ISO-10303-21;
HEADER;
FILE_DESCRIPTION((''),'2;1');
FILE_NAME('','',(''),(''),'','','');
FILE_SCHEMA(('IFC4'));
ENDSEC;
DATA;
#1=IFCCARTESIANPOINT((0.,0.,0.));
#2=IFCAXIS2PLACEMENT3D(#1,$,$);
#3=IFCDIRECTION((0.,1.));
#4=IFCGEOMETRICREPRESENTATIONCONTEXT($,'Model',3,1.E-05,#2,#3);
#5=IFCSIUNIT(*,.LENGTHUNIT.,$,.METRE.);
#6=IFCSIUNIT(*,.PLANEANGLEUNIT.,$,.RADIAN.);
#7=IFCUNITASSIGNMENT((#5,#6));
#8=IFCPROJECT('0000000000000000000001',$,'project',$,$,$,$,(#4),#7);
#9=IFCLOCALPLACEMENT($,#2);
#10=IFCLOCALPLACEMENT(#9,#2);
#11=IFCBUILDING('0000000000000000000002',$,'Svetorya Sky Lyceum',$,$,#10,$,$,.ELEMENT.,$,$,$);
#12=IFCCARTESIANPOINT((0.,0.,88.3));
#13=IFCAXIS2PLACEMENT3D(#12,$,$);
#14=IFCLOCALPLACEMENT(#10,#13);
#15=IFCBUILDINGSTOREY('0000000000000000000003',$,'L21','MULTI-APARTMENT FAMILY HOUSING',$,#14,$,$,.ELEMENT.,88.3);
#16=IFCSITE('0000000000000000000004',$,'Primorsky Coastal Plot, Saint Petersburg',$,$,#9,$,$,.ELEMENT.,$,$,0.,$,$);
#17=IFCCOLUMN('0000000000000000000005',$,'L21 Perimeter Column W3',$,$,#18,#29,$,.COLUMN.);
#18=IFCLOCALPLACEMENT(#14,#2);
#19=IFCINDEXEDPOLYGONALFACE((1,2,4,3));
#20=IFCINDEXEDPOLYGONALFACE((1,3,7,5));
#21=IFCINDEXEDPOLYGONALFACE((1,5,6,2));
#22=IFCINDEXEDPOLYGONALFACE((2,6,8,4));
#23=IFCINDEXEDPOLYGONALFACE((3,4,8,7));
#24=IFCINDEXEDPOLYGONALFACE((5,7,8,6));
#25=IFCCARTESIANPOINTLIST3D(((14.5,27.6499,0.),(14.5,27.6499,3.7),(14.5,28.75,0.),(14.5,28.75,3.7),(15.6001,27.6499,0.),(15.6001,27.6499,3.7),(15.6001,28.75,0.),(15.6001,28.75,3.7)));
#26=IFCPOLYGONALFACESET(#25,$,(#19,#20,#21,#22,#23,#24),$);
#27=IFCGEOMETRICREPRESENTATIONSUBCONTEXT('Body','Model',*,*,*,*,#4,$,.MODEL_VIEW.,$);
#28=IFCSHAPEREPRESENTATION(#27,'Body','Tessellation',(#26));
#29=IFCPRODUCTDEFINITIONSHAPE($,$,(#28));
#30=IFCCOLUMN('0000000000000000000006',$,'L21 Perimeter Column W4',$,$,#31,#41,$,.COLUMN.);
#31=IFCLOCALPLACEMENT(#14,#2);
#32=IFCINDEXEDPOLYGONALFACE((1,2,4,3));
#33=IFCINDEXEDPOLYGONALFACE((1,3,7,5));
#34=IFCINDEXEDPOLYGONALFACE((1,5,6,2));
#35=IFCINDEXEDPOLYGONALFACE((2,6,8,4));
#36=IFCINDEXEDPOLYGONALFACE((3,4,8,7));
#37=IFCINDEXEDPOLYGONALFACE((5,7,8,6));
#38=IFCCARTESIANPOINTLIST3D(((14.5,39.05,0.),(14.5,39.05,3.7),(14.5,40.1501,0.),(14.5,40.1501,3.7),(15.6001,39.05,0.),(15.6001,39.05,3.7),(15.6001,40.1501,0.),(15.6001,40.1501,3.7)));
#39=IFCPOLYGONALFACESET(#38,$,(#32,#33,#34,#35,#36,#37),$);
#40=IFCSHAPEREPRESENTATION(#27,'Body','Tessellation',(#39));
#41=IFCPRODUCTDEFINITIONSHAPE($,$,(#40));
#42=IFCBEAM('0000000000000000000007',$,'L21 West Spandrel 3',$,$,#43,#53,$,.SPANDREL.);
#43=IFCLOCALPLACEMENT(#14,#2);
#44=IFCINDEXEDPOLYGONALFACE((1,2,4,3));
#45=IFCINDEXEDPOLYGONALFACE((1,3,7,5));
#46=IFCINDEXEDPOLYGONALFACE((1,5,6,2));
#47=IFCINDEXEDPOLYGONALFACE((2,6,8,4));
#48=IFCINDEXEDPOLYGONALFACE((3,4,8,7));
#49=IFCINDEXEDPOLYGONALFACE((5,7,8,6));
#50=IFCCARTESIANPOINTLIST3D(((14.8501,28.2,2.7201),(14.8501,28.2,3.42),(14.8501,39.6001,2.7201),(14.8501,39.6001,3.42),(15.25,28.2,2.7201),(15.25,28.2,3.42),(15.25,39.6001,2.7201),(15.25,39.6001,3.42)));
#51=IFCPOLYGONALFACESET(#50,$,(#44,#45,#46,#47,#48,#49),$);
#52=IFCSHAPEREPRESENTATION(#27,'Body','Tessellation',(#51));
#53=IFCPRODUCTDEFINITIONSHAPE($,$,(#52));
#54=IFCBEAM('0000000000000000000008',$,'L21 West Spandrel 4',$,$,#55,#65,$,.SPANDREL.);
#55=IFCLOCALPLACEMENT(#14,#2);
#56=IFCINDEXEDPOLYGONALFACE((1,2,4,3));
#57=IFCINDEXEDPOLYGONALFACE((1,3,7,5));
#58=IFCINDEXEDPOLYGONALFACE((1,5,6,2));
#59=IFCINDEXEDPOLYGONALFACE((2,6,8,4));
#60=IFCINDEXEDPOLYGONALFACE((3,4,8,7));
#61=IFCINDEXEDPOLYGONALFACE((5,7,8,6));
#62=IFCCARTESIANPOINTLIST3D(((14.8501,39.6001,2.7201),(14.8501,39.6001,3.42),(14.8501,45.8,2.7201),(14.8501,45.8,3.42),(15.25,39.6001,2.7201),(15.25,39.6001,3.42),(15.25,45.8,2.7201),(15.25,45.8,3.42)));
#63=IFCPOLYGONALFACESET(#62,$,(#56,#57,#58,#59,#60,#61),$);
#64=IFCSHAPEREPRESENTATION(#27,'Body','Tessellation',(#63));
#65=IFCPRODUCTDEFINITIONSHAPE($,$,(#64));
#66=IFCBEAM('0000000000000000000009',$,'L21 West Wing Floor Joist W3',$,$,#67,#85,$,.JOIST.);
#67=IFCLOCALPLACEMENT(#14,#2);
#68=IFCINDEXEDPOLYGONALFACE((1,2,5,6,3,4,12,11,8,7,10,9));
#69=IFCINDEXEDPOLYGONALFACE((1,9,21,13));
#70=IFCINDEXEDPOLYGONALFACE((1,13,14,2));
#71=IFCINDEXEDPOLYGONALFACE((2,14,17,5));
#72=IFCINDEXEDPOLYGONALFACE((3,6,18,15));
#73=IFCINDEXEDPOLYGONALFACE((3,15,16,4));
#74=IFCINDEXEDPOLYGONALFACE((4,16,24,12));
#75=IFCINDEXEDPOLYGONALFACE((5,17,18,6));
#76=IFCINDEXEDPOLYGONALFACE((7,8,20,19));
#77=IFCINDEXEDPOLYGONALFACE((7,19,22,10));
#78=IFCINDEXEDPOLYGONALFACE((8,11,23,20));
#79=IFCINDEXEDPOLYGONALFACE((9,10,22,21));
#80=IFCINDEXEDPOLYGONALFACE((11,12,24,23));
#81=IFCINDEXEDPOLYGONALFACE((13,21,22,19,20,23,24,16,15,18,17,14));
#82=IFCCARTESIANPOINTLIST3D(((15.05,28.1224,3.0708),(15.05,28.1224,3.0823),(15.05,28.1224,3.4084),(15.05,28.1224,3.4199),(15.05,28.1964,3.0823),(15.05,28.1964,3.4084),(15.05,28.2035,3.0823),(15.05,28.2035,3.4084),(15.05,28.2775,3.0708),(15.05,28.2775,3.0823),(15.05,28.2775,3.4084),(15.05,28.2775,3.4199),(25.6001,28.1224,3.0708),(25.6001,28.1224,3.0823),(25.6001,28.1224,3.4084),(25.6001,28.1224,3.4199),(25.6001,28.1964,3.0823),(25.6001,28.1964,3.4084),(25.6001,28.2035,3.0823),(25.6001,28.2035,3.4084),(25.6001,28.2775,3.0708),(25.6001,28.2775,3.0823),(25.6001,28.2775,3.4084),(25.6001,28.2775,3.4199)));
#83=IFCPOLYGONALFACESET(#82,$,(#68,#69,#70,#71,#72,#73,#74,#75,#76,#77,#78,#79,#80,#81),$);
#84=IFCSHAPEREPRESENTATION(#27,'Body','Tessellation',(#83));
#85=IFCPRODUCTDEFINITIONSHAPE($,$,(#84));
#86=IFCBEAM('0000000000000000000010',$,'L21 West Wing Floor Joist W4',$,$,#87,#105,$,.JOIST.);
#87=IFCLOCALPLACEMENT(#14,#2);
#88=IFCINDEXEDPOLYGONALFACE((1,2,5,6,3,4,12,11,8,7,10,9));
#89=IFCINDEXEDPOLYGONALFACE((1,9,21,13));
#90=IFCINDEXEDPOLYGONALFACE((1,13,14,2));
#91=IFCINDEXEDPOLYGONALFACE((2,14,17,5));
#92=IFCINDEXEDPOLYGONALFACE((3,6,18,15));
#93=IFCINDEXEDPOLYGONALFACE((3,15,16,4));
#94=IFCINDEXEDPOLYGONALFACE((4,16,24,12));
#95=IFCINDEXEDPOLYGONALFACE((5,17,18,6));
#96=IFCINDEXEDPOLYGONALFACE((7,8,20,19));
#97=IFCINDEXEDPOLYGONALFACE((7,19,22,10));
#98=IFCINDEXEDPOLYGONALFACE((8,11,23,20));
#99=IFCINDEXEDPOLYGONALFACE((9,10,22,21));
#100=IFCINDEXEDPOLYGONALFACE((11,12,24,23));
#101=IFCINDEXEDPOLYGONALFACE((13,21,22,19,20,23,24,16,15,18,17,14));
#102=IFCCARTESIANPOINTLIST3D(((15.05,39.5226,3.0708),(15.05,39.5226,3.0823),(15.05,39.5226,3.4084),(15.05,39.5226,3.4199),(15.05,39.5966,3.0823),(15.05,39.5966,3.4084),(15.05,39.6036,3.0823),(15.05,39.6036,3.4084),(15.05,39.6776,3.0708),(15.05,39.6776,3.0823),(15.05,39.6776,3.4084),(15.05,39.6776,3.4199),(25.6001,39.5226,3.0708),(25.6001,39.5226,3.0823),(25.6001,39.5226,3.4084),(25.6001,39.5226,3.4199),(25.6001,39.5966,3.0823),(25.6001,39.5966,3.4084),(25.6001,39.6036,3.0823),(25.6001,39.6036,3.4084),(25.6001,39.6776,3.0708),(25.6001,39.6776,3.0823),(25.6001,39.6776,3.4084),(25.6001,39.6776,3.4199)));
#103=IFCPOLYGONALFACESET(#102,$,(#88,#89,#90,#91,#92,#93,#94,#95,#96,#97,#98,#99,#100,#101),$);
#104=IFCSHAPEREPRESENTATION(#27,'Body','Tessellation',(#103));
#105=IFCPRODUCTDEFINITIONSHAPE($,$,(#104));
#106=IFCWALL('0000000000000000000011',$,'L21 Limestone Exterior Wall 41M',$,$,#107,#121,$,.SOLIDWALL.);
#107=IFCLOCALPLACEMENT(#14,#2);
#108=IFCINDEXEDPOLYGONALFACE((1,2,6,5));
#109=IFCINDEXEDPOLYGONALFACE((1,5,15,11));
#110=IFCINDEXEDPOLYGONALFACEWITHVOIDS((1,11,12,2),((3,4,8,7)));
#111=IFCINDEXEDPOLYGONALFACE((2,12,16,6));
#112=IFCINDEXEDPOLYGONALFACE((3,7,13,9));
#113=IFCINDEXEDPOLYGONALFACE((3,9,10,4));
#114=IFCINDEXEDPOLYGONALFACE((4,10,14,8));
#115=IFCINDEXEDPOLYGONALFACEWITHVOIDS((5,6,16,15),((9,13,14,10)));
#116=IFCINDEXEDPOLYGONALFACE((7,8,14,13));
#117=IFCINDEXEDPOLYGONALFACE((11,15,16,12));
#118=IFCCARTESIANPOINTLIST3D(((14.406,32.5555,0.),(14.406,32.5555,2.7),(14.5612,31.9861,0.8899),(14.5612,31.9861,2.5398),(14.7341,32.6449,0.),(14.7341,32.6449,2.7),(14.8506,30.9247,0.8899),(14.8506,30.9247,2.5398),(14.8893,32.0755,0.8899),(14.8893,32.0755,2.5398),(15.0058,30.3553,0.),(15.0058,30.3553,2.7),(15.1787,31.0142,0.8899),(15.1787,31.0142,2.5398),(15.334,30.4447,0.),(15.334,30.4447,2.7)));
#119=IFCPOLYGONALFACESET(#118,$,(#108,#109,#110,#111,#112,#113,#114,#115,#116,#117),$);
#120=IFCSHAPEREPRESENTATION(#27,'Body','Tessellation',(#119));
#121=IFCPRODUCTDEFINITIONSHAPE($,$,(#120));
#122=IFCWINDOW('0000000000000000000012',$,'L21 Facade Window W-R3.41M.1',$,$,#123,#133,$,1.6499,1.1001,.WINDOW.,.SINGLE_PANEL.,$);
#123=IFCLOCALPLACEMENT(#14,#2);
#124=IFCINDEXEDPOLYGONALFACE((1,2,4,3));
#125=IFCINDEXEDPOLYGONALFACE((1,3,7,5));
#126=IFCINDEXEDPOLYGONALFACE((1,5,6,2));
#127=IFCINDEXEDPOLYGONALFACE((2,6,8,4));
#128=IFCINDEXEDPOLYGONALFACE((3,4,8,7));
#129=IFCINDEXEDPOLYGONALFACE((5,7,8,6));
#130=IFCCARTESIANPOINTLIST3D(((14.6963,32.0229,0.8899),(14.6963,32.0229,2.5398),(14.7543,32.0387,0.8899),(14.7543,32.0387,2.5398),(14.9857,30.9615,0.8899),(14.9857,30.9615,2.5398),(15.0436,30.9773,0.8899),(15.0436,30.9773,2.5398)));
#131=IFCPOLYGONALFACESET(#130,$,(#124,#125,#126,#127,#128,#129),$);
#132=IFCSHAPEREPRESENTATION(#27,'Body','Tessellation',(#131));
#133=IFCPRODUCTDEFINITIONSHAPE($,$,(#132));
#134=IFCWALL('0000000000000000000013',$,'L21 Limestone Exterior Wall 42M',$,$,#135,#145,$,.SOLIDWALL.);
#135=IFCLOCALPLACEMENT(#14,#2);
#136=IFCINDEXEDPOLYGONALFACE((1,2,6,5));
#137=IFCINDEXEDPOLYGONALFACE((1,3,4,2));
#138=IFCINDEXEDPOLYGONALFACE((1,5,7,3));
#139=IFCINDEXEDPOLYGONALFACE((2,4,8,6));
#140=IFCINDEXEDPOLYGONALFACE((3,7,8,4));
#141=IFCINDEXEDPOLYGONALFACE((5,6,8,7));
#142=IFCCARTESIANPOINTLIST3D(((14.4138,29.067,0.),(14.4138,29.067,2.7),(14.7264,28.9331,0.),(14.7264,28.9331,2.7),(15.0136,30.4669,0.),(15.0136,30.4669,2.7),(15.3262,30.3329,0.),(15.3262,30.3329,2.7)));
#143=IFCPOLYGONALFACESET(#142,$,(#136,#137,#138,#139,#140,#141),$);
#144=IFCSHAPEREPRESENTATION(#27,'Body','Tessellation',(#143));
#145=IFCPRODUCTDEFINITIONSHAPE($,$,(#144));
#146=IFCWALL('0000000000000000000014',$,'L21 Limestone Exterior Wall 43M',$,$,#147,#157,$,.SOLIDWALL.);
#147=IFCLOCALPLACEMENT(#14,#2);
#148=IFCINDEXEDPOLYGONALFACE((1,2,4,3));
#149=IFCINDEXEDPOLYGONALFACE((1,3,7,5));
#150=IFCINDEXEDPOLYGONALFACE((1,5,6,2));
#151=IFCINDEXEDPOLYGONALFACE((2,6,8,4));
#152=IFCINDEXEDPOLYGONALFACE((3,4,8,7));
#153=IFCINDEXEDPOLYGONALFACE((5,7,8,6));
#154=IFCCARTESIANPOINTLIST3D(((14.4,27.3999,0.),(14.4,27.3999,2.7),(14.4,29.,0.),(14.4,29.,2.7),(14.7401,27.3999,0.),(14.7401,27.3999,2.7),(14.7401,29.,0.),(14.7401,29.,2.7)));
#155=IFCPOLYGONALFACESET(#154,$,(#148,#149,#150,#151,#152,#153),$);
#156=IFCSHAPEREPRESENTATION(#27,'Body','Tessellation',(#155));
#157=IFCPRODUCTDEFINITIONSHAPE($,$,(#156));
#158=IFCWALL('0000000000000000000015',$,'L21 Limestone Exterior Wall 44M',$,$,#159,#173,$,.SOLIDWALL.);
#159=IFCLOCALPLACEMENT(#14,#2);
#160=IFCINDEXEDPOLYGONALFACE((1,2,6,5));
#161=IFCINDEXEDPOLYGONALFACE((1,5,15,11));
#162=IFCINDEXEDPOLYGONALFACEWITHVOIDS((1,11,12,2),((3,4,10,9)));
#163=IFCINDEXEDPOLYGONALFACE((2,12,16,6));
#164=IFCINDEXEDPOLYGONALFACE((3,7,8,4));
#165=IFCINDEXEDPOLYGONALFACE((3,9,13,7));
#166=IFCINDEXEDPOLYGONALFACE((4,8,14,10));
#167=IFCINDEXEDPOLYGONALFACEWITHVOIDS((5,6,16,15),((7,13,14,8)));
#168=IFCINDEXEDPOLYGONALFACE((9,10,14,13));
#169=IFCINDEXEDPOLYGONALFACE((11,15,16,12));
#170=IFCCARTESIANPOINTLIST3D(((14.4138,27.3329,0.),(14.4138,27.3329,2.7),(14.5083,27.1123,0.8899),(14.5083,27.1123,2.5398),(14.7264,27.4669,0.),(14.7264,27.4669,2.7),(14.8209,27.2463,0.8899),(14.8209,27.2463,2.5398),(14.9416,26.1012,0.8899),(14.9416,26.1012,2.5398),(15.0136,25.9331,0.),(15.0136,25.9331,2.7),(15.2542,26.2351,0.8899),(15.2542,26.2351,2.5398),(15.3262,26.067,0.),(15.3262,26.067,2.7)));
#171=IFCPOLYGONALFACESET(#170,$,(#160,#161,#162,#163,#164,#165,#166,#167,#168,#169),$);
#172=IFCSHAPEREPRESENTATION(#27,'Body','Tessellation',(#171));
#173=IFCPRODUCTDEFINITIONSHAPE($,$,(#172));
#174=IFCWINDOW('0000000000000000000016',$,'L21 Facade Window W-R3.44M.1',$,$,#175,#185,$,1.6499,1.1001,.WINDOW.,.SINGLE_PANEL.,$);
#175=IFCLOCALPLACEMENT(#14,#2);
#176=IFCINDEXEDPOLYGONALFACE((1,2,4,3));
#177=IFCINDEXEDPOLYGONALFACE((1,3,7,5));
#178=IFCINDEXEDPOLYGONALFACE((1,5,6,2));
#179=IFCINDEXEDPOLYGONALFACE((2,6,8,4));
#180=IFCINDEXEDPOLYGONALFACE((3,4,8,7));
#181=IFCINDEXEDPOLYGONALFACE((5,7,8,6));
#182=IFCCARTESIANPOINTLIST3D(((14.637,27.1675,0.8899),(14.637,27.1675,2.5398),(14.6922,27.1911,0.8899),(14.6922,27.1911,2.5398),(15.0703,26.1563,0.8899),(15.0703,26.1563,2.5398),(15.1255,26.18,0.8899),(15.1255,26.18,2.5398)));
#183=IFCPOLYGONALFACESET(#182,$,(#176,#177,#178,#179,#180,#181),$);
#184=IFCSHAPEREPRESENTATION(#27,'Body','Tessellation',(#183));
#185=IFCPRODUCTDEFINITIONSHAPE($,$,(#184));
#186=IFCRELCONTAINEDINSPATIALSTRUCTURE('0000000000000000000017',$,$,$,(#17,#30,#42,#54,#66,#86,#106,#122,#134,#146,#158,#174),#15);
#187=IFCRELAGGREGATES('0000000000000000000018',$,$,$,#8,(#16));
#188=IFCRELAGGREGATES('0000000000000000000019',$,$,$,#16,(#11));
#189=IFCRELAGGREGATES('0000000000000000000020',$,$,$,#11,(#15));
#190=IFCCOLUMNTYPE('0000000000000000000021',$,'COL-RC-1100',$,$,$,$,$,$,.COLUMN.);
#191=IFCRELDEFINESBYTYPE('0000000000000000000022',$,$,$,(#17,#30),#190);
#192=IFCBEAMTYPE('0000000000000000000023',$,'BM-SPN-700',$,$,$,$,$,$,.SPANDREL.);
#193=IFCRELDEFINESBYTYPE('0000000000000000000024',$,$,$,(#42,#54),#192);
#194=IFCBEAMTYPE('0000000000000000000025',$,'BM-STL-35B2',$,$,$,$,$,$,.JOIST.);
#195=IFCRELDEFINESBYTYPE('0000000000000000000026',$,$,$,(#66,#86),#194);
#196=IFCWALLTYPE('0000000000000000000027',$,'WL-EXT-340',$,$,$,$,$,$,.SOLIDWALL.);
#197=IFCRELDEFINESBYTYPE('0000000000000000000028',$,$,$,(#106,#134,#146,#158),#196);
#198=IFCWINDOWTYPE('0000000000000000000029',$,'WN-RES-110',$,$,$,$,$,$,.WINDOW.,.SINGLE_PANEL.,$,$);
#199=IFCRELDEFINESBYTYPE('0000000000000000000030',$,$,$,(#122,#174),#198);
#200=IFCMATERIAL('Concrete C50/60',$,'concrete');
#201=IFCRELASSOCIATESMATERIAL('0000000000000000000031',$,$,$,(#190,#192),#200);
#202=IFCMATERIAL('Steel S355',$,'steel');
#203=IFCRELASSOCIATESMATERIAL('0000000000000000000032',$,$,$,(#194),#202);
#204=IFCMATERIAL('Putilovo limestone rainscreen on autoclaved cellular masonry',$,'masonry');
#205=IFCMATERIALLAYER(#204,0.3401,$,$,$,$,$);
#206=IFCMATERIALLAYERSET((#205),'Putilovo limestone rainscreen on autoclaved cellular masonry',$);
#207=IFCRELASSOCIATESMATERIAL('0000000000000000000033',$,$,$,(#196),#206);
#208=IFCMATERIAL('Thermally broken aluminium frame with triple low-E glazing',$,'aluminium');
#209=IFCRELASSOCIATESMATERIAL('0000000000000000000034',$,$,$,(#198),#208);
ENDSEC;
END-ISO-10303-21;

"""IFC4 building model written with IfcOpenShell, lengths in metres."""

from ifc_helpers import new_model, si_unit, direction, frame, frame_2d, origin, origin_2d, place, context, subcontext, project, spatial, rectangle, i_section, extrude, material, layer, layer_set, material_profile, profile_set, type_object, element, fill, save


model = new_model("IFC4")

# Units and contexts
model_context = context("Model", 3, precision=1e-05, world=origin(), true_north=direction((0.0, 1.0)))
body_context = subcontext(model_context, "Body", "Model", "MODEL_VIEW")
ifc_project = project(units=[si_unit("LENGTHUNIT", "METRE"), si_unit("PLANEANGLEUNIT", "RADIAN")], contexts=[model_context])

# Site, building, storey
site_placement = place(None, origin())
site = spatial("IfcSite", under=ifc_project, at=site_placement, Name="Primorsky Coastal Plot, Saint Petersburg", CompositionType="ELEMENT", RefElevation=0.0)
building_placement = place(site_placement, origin())
building = spatial("IfcBuilding", under=site, at=building_placement, Name="Svetorya Sky Lyceum", CompositionType="ELEMENT")
storey_placement = place(building_placement, frame((0.0, 0.0, 88.3)))
storey = spatial("IfcBuildingStorey", under=building, at=storey_placement, Name="L21", Description="MULTI-APARTMENT FAMILY HOUSING", CompositionType="ELEMENT", Elevation=88.3)

# Columns
ifc_material_1 = material(Name="Concrete C50/60", Category="concrete")
ifc_material_profile_1 = material_profile(ifc_material_1, rectangle(XDim=1.1001, YDim=1.1001, at=origin_2d()), Name="RC COL 1100x1100")
ifc_profile_set_1 = profile_set([ifc_material_profile_1], Name="Concrete C50/60")
column_type = type_object("IfcColumnType", Name="COL-RC-1100", PredefinedType="COLUMN", material=ifc_profile_set_1)
for number, where, z_axis, x_axis, name in (
    (1, (15.05, 28.2, 0.0), (0.0, 0.0, 1.0), (1.0, 0.0, 0.0), "L21 Perimeter Column W3"),
    (2, (15.05, 39.6001, 0.0), (0.0, 0.0, 1.0), (1.0, 0.0, 0.0), "L21 Perimeter Column W4"),
):
    element("IfcColumn", number, at=place(storey_placement, frame(where, z_axis=z_axis, x_axis=x_axis)), inside=storey, type_object=column_type, Name=name, PredefinedType="COLUMN", context=body_context, shape_type="SweptSolid", body=[
        extrude(rectangle(XDim=1.1001, YDim=1.1001, at=origin_2d()), origin(), (0.0, 0.0, 1.0), 3.7),
    ])

# Beams
ifc_material_profile_2 = material_profile(ifc_material_1, rectangle(XDim=0.3999, YDim=0.7, at=origin_2d()), Name="RC SPANDREL 400x700")
ifc_profile_set_2 = profile_set([ifc_material_profile_2], Name="Concrete C50/60")
beam_type_1 = type_object("IfcBeamType", Name="BM-SPN-700", PredefinedType="SPANDREL", material=ifc_profile_set_2)
beam_1_placement = place(storey_placement, frame((15.05, 28.2, 3.0701), z_axis=(0.0, 1.0, 0.0), x_axis=(-1.0, 0.0, 0.0)))
element("IfcBeam", 3, at=beam_1_placement, inside=storey, type_object=beam_type_1, Name="L21 West Spandrel 3", PredefinedType="SPANDREL", context=body_context, shape_type="SweptSolid", body=[
    extrude(rectangle(XDim=0.3999, YDim=0.7, at=origin_2d()), origin(), (0.0, 0.0, 1.0), 11.4001),
])
beam_2_placement = place(storey_placement, frame((15.05, 39.6001, 3.0701), z_axis=(0.0, 1.0, 0.0), x_axis=(-1.0, 0.0, 0.0)))
element("IfcBeam", 4, at=beam_2_placement, inside=storey, type_object=beam_type_1, Name="L21 West Spandrel 4", PredefinedType="SPANDREL", context=body_context, shape_type="SweptSolid", body=[
    extrude(rectangle(XDim=0.3999, YDim=0.7, at=origin_2d()), origin(), (0.0, 0.0, 1.0), 6.2),
])
ifc_material_2 = material(Name="Steel S355", Category="steel")
ifc_material_profile_3 = material_profile(ifc_material_2, i_section(OverallWidth=0.155, OverallDepth=0.3491, WebThickness=0.0071, FlangeThickness=0.0115, at=origin_2d()), Name="GOST 35B2")
ifc_profile_set_3 = profile_set([ifc_material_profile_3], Name="Steel S355")
beam_type_2 = type_object("IfcBeamType", Name="BM-STL-35B2", PredefinedType="JOIST", material=ifc_profile_set_3)
for number, where, z_axis, x_axis, name in (
    (5, (15.05, 28.2, 3.2454), (1.0, 0.0, 0.0), (0.0, 1.0, 0.0), "L21 West Wing Floor Joist W3"),
    (6, (15.05, 39.6001, 3.2454), (1.0, 0.0, 0.0), (0.0, 1.0, 0.0), "L21 West Wing Floor Joist W4"),
):
    element("IfcBeam", number, at=place(storey_placement, frame(where, z_axis=z_axis, x_axis=x_axis)), inside=storey, type_object=beam_type_2, Name=name, PredefinedType="JOIST", context=body_context, shape_type="SweptSolid", body=[
        extrude(i_section(OverallWidth=0.155, OverallDepth=0.3491, WebThickness=0.0071, FlangeThickness=0.0115, at=origin_2d()), origin(), (0.0, 0.0, 1.0), 10.55),
    ])

# Wall, opening, window
ifc_material_3 = material(Name="Putilovo limestone rainscreen on autoclaved cellular masonry", Category="masonry")
ifc_layer_1 = layer(ifc_material_3, 0.3401)
ifc_layer_set_1 = layer_set([ifc_layer_1], Name="Putilovo limestone rainscreen on autoclaved cellular masonry")
wall_type_1 = type_object("IfcWallType", Name="WL-EXT-340", PredefinedType="SOLIDWALL", material=ifc_layer_set_1)
wall_1_placement = place(storey_placement, frame((14.5701, 32.6001, 0.0), z_axis=(0.0, 0.0, 1.0), x_axis=(0.263036, -0.964786, 0.0)))
wall_1 = element("IfcWall", 7, at=wall_1_placement, inside=storey, type_object=wall_type_1, Name="L21 Limestone Exterior Wall 41M", PredefinedType="SOLIDWALL", context=body_context, shape_type="SweptSolid", body=[
    extrude(rectangle(XDim=2.2805, YDim=0.3401, at=frame_2d((1.1401, 0.0))), origin(), (0.0, 0.0, 1.0), 2.7),
])
opening_1_placement = place(wall_1_placement, frame((0.5901, 0.0, 0.8899)))
opening_1 = element("IfcOpeningElement", 8, at=opening_1_placement, cuts=wall_1, PredefinedType="OPENING", context=body_context, shape_type="SweptSolid", body=[
    extrude(rectangle(XDim=1.1001, YDim=1.6499, at=frame_2d((0.55, 0.825))), frame((0.0, 0.1799, 0.0), z_axis=(0.0, -1.0, 0.0), x_axis=(1.0, 0.0, 0.0)), (0.0, 0.0, 1.0), 0.3601),
])
ifc_material_4 = material(Name="Thermally broken aluminium frame with triple low-E glazing", Category="aluminium")
window_type_1 = type_object("IfcWindowType", Name="WN-RES-110", PartitioningType="SINGLE_PANEL", PredefinedType="WINDOW", material=ifc_material_4)
window_1_placement = place(opening_1_placement, origin())
window_1 = element("IfcWindow", 9, at=window_1_placement, inside=storey, type_object=window_type_1, Name="L21 Facade Window W-R3.41M.1", OverallHeight=1.6499, OverallWidth=1.1001, PartitioningType="SINGLE_PANEL", PredefinedType="WINDOW", context=body_context, shape_type="SweptSolid", body=[
    extrude(rectangle(XDim=1.1001, YDim=1.6499, at=frame_2d((0.55, 0.825))), frame((0.0, 0.03, 0.0), z_axis=(0.0, -1.0, 0.0), x_axis=(1.0, 0.0, 0.0)), (0.0, 0.0, 1.0), 0.0601),
])
fill(opening_1, window_1)

# Walls
wall_2_placement = place(storey_placement, frame((15.1699, 30.3999, 0.0), z_axis=(0.0, 0.0, 1.0), x_axis=(-0.393861, -0.91917, 0.0)))
element("IfcWall", 10, at=wall_2_placement, inside=storey, type_object=wall_type_1, Name="L21 Limestone Exterior Wall 42M", PredefinedType="SOLIDWALL", context=body_context, shape_type="SweptSolid", body=[
    extrude(rectangle(XDim=1.5229, YDim=0.3401, at=frame_2d((0.7615, 0.0))), origin(), (0.0, 0.0, 1.0), 2.7),
])
wall_3_placement = place(storey_placement, frame((14.5701, 29.0, 0.0), z_axis=(0.0, 0.0, 1.0), x_axis=(0.0, -1.0, 0.0)))
element("IfcWall", 11, at=wall_3_placement, inside=storey, type_object=wall_type_1, Name="L21 Limestone Exterior Wall 43M", PredefinedType="SOLIDWALL", context=body_context, shape_type="SweptSolid", body=[
    extrude(rectangle(XDim=1.6001, YDim=0.3401, at=frame_2d((0.8, 0.0))), origin(), (0.0, 0.0, 1.0), 2.7),
])

# Wall, opening, window
wall_4_placement = place(storey_placement, frame((14.5701, 27.3999, 0.0), z_axis=(0.0, 0.0, 1.0), x_axis=(0.393861, -0.91917, 0.0)))
wall_4 = element("IfcWall", 12, at=wall_4_placement, inside=storey, type_object=wall_type_1, Name="L21 Limestone Exterior Wall 44M", PredefinedType="SOLIDWALL", context=body_context, shape_type="SweptSolid", body=[
    extrude(rectangle(XDim=1.5229, YDim=0.3401, at=frame_2d((0.7615, 0.0))), origin(), (0.0, 0.0, 1.0), 2.7),
])
opening_2_placement = place(wall_4_placement, frame((0.24, 0.0, 0.8899)))
opening_2 = element("IfcOpeningElement", 13, at=opening_2_placement, cuts=wall_4, PredefinedType="OPENING", context=body_context, shape_type="SweptSolid", body=[
    extrude(rectangle(XDim=1.1001, YDim=1.6499, at=frame_2d((0.55, 0.825))), frame((0.0, 0.1799, 0.0), z_axis=(0.0, -1.0, 0.0), x_axis=(1.0, 0.0, 0.0)), (0.0, 0.0, 1.0), 0.3601),
])
window_2_placement = place(opening_2_placement, origin())
window_2 = element("IfcWindow", 14, at=window_2_placement, inside=storey, type_object=window_type_1, Name="L21 Facade Window W-R3.44M.1", OverallHeight=1.6499, OverallWidth=1.1001, PartitioningType="SINGLE_PANEL", PredefinedType="WINDOW", context=body_context, shape_type="SweptSolid", body=[
    extrude(rectangle(XDim=1.1001, YDim=1.6499, at=frame_2d((0.55, 0.825))), frame((0.0, 0.03, 0.0), z_axis=(0.0, -1.0, 0.0), x_axis=(1.0, 0.0, 0.0)), (0.0, 0.0, 1.0), 0.0601),
])
fill(opening_2, window_2)

save(model, "model.ifc")
